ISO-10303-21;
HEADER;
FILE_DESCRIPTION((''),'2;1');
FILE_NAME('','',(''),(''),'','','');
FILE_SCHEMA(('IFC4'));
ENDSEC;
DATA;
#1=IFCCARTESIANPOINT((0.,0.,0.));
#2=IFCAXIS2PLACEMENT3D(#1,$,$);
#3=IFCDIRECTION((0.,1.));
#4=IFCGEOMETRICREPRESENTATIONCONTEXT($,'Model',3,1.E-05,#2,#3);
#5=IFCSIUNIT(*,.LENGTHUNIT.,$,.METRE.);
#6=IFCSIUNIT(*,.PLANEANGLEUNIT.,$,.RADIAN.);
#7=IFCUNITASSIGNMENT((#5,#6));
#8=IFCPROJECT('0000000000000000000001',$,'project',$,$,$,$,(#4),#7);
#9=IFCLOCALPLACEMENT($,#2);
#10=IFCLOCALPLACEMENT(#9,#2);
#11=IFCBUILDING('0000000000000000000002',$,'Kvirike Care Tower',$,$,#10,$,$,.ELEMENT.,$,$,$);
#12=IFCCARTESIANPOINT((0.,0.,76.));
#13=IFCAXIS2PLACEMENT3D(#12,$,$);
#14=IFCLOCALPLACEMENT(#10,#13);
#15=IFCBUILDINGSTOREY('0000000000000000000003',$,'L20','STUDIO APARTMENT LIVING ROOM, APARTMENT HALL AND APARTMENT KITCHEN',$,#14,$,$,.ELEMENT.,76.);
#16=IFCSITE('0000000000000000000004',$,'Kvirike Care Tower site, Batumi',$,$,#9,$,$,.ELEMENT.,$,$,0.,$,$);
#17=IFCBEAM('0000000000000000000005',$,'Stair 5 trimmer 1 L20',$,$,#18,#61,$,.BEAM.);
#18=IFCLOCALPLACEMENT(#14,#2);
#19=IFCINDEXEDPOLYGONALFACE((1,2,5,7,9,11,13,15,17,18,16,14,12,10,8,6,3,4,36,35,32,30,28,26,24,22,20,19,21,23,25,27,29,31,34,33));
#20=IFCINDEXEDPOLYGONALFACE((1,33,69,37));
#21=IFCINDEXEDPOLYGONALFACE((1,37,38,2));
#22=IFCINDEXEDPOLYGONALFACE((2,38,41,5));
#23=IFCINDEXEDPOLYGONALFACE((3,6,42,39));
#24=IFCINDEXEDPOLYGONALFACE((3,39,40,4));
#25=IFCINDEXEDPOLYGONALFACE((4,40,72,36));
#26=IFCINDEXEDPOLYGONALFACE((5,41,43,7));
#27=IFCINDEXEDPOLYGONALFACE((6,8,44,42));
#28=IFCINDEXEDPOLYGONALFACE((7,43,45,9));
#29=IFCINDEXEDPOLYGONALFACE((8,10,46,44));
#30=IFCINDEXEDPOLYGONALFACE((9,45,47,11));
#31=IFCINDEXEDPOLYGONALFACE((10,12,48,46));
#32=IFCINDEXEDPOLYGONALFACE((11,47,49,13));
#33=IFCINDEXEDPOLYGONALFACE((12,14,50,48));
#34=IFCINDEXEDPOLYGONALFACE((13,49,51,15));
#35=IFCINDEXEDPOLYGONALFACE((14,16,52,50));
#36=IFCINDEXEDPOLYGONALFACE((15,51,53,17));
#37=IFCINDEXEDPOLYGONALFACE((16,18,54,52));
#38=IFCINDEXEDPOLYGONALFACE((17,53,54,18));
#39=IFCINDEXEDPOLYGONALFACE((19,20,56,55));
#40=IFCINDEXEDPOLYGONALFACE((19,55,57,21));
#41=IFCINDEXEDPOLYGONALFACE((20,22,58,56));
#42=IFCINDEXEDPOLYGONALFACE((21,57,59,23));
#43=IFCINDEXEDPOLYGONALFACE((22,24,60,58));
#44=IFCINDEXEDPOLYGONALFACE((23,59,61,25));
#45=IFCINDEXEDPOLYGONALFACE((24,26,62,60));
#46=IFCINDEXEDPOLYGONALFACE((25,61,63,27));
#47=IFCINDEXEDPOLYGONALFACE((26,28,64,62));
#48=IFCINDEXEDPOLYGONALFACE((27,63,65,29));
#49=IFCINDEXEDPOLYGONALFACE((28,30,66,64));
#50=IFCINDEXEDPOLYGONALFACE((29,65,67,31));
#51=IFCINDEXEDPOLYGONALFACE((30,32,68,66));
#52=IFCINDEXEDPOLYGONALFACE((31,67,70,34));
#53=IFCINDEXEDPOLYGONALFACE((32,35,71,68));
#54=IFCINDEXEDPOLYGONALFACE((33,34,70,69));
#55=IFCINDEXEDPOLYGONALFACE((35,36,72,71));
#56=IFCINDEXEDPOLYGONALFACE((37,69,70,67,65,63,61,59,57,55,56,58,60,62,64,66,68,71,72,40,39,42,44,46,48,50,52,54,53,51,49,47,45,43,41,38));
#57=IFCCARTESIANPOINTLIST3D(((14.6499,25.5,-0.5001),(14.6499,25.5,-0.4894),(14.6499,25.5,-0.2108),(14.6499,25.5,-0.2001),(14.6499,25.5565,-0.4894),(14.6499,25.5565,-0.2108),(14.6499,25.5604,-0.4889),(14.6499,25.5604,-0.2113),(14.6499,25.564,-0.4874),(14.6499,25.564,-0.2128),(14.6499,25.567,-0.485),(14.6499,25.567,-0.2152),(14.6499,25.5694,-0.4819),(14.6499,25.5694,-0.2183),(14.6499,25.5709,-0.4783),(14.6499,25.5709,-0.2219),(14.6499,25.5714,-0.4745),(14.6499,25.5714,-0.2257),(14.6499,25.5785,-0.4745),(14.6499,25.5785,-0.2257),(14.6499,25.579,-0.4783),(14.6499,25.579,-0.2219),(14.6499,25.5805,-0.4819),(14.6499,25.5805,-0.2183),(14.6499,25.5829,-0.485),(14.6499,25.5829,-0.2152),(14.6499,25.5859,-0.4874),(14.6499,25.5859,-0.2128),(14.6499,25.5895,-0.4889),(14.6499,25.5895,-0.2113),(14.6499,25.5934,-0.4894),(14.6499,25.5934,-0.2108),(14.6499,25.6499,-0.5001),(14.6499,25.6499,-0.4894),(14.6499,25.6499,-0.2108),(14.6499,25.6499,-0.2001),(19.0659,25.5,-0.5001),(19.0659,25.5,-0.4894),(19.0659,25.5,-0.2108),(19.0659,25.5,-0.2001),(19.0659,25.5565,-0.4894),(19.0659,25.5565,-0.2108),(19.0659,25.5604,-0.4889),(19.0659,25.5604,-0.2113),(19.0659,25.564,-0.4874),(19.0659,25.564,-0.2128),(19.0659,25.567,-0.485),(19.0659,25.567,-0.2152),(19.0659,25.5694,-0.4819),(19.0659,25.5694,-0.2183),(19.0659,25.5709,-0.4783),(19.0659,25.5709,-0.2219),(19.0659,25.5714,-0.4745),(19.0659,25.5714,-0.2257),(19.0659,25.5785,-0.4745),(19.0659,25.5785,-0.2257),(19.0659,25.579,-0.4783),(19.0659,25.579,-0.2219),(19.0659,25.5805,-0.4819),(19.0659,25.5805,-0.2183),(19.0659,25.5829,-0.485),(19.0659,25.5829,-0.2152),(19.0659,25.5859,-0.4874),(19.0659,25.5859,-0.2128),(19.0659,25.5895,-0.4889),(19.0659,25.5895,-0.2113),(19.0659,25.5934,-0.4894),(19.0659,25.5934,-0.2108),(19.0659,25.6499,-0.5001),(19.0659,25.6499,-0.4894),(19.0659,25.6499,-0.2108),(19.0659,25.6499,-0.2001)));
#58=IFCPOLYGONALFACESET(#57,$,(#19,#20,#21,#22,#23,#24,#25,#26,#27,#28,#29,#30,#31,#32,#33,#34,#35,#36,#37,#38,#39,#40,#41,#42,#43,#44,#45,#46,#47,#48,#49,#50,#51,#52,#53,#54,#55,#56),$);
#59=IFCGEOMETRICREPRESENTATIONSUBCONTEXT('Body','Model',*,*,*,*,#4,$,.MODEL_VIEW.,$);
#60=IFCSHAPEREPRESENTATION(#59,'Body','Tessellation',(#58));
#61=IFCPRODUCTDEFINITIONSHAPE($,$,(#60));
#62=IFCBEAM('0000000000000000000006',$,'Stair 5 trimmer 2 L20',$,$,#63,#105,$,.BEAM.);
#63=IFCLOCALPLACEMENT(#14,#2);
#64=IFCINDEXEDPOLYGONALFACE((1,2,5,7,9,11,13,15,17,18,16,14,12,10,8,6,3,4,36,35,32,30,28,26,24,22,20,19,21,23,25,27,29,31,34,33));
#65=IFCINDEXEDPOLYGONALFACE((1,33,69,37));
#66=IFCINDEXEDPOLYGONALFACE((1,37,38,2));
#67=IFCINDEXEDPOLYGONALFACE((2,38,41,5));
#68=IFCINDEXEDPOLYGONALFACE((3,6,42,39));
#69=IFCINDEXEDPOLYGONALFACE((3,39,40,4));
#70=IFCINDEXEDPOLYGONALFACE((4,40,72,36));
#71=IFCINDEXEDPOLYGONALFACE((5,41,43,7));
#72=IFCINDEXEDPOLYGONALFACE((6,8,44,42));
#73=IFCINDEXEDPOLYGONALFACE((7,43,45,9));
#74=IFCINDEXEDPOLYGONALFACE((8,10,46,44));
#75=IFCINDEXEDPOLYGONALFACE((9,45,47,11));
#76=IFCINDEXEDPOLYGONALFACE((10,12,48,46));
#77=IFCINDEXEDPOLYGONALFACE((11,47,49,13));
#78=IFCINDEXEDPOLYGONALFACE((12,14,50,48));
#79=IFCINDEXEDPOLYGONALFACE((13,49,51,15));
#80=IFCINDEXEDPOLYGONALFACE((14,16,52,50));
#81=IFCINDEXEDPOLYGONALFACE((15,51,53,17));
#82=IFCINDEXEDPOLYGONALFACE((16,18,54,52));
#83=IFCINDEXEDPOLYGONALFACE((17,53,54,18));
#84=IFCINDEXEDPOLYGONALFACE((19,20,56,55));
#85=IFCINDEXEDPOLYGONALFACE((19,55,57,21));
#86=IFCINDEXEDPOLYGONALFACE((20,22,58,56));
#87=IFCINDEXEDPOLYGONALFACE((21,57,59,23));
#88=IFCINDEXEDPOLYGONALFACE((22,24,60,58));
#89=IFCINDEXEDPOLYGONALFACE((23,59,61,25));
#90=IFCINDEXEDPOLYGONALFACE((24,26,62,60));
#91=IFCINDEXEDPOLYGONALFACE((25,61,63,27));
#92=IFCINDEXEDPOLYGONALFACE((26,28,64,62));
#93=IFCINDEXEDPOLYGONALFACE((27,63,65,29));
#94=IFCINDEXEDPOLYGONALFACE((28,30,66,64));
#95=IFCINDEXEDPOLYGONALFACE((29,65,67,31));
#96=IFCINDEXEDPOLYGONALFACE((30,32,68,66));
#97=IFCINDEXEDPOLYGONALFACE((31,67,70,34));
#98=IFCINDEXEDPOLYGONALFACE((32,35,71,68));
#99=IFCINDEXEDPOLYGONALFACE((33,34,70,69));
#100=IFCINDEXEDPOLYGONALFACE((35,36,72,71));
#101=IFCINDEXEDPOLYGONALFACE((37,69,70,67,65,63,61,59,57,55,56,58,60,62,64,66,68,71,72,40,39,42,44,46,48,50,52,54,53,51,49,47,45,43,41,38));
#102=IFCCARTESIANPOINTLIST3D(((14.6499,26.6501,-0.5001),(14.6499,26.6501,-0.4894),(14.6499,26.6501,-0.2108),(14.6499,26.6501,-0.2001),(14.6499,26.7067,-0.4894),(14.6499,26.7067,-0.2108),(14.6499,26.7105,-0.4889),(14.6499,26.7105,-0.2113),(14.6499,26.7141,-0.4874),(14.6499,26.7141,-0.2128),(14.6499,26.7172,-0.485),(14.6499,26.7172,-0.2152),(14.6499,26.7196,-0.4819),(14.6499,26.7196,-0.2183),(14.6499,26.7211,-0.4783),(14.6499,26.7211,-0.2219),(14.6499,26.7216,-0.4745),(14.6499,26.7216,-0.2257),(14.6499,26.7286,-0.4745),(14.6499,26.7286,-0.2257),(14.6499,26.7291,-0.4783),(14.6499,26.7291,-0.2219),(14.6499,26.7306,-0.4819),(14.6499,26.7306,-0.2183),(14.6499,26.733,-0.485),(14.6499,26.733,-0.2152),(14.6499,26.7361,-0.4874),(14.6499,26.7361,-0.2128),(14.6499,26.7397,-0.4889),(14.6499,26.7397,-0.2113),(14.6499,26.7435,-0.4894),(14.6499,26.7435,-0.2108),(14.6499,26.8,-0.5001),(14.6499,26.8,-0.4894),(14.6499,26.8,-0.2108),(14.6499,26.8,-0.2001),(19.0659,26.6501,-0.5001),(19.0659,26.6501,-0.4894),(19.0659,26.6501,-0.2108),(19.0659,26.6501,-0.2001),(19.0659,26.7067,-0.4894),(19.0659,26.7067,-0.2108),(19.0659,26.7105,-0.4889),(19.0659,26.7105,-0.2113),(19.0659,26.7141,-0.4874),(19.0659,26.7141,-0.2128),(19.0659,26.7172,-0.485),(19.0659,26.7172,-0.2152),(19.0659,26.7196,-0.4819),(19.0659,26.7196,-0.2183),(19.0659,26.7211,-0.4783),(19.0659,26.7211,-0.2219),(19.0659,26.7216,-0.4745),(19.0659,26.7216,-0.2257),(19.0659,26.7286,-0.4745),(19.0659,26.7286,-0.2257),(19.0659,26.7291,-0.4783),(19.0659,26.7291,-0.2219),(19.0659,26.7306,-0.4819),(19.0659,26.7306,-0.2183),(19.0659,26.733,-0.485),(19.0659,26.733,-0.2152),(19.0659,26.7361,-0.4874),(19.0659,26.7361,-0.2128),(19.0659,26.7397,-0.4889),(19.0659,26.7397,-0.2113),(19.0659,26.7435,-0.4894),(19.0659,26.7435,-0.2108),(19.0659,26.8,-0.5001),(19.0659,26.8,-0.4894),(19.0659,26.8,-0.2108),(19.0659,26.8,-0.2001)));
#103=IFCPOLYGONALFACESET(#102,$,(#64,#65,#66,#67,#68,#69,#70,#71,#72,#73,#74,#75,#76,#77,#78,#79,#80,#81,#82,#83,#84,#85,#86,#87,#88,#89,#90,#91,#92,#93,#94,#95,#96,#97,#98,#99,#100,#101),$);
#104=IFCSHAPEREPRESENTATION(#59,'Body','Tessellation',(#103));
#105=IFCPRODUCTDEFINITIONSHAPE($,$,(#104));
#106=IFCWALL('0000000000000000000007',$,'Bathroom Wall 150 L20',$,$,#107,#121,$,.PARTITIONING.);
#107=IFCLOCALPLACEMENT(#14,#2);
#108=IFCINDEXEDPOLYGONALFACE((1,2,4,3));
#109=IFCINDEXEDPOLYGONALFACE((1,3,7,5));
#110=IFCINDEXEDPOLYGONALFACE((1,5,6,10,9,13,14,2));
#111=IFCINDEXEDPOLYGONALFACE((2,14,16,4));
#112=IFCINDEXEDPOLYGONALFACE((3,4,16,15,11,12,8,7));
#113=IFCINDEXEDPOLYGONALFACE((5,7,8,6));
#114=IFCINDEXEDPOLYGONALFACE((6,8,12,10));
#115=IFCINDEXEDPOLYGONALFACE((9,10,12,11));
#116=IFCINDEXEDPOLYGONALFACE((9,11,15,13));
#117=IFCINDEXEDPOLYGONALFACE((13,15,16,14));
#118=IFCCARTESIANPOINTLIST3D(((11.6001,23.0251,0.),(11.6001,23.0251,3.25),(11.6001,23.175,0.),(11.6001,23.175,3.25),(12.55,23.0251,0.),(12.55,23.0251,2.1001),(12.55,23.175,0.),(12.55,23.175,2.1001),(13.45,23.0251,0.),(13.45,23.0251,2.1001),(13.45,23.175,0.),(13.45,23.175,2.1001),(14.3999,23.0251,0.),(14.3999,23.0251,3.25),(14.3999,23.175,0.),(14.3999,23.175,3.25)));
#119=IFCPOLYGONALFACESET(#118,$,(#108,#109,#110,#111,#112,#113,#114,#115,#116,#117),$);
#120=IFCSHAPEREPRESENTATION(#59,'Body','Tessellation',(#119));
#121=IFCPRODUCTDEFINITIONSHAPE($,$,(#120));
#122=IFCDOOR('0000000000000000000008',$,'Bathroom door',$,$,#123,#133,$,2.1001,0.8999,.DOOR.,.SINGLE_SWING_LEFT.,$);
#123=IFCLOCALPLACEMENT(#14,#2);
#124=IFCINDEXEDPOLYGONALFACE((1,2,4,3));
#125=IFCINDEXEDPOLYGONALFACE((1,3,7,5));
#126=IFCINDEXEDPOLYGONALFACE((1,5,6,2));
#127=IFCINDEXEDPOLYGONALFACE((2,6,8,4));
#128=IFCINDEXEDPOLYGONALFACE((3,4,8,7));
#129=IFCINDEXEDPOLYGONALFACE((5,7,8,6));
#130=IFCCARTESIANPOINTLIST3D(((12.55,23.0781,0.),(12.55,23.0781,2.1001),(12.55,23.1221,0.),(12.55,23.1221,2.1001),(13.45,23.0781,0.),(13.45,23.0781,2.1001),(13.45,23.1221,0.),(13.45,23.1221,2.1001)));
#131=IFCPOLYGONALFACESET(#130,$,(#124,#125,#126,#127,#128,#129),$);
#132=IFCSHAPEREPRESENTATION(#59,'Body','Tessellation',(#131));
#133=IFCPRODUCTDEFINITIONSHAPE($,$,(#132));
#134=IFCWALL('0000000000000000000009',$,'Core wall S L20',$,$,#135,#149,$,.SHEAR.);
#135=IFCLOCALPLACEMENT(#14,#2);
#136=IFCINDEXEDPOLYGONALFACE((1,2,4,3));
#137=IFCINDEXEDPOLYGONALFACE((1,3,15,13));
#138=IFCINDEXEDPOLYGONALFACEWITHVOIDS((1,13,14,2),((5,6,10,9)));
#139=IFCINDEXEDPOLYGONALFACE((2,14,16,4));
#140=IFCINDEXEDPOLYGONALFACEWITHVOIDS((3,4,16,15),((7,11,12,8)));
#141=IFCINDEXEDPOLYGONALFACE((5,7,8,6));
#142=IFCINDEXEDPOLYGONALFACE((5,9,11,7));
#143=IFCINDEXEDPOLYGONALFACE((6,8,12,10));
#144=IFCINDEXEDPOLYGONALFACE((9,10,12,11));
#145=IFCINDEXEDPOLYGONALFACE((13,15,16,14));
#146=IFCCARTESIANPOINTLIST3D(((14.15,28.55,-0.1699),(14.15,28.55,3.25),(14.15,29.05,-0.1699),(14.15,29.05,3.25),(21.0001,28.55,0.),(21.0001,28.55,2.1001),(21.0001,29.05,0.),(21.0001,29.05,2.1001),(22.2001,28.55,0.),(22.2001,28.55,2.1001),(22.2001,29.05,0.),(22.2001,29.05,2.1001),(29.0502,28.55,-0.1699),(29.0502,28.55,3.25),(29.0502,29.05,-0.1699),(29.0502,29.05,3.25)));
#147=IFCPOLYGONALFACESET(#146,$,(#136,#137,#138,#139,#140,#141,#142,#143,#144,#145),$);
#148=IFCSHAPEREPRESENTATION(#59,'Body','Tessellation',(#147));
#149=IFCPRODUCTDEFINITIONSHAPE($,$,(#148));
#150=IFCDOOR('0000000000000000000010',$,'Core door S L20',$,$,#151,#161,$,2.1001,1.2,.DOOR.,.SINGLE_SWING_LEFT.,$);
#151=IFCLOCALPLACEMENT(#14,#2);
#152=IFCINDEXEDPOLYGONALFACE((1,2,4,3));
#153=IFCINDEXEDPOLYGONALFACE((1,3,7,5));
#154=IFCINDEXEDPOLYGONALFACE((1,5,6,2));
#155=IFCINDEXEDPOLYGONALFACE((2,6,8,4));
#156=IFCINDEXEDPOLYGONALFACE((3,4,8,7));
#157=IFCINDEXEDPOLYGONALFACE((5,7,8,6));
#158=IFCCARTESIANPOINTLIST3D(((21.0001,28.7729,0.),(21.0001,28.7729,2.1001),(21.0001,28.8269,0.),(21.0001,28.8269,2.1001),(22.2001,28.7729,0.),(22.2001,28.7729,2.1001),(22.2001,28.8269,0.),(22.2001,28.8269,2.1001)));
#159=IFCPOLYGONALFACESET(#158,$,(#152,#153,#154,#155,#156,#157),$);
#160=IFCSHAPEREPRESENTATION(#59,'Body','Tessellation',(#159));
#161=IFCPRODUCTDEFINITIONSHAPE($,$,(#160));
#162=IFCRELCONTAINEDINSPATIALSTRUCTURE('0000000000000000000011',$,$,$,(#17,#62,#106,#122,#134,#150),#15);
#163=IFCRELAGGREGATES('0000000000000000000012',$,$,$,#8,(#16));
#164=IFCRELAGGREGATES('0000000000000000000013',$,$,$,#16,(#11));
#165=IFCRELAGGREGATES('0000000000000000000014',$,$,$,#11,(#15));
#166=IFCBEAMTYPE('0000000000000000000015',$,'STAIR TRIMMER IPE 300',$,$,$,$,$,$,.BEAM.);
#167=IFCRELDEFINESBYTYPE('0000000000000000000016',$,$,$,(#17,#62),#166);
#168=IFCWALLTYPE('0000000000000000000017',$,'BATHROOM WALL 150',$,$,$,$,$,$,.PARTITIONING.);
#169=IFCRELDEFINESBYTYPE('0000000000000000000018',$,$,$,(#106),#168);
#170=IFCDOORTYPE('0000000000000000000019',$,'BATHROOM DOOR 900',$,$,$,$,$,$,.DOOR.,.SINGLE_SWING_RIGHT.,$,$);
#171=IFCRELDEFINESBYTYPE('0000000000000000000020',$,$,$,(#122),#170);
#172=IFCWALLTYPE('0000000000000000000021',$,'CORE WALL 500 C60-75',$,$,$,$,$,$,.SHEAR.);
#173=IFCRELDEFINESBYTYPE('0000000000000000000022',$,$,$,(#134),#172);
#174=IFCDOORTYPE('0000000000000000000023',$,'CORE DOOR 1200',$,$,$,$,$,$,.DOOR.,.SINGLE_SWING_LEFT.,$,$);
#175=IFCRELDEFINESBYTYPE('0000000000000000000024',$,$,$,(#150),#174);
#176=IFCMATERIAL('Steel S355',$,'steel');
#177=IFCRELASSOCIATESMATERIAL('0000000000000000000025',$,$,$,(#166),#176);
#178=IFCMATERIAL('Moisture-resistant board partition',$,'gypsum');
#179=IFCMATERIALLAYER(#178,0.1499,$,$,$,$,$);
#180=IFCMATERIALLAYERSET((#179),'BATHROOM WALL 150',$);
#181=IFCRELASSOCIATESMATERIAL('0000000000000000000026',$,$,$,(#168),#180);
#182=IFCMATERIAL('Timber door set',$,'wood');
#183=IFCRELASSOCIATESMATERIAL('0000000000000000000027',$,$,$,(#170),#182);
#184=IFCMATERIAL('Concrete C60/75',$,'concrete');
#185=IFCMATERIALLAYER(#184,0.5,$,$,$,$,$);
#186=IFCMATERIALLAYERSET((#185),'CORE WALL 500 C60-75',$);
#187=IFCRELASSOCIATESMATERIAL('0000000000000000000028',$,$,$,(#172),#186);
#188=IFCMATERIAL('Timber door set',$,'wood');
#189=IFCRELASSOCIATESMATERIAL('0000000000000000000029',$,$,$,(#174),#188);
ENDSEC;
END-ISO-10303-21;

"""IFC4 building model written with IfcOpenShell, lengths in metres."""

from ifc_helpers import new_model, si_unit, direction, frame, frame_2d, origin, origin_2d, place, context, subcontext, project, spatial, rectangle, i_section, extrude, material, layer, layer_set, material_profile, profile_set, type_object, element, fill, save


model = new_model("IFC4")

# Units and contexts
model_context = context("Model", 3, precision=1e-05, world=origin(), true_north=direction((0.0, 1.0)))
body_context = subcontext(model_context, "Body", "Model", "MODEL_VIEW")
ifc_project = project(units=[si_unit("LENGTHUNIT", "METRE"), si_unit("PLANEANGLEUNIT", "RADIAN")], contexts=[model_context])

# Site, building, storey
site_placement = place(None, origin())
site = spatial("IfcSite", under=ifc_project, at=site_placement, Name="Kvirike Care Tower site, Batumi", CompositionType="ELEMENT", RefElevation=0.0)
building_placement = place(site_placement, origin())
building = spatial("IfcBuilding", under=site, at=building_placement, Name="Kvirike Care Tower", CompositionType="ELEMENT")
storey_placement = place(building_placement, frame((0.0, 0.0, 76.0)))
storey = spatial("IfcBuildingStorey", under=building, at=storey_placement, Name="L20", Description="STUDIO APARTMENT LIVING ROOM, APARTMENT HALL AND APARTMENT KITCHEN", CompositionType="ELEMENT", Elevation=76.0)

# Beams
ifc_material_1 = material(Name="Steel S355", Category="steel")
ifc_material_profile_1 = material_profile(ifc_material_1, i_section(OverallWidth=0.1499, OverallDepth=0.3, WebThickness=0.0071, FlangeThickness=0.0107, FilletRadius=0.0149, at=origin_2d()), Name="IPE 300")
ifc_profile_set_1 = profile_set([ifc_material_profile_1], Name="Steel S355")
beam_type_1 = type_object("IfcBeamType", Name="STAIR TRIMMER IPE 300", PredefinedType="BEAM", material=ifc_profile_set_1)
for number, where, z_axis, x_axis, name in (
    (1, (14.6499, 25.575, -0.3501), (1.0, 0.0, 0.0), (0.0, 1.0, 0.0), "Stair 5 trimmer 1 L20"),
    (2, (14.6499, 26.7251, -0.3501), (1.0, 0.0, 0.0), (0.0, 1.0, 0.0), "Stair 5 trimmer 2 L20"),
):
    element("IfcBeam", number, at=place(storey_placement, frame(where, z_axis=z_axis, x_axis=x_axis)), inside=storey, type_object=beam_type_1, Name=name, PredefinedType="BEAM", context=body_context, shape_type="SweptSolid", body=[
        extrude(i_section(OverallWidth=0.1499, OverallDepth=0.3, WebThickness=0.0071, FlangeThickness=0.0107, FilletRadius=0.0149, at=origin_2d()), origin(), (0.0, 0.0, 1.0), 4.416),
    ])

# Walls, openings, doors
ifc_material_2 = material(Name="Moisture-resistant board partition", Category="gypsum")
ifc_layer_1 = layer(ifc_material_2, 0.1499)
ifc_layer_set_1 = layer_set([ifc_layer_1], Name="BATHROOM WALL 150")
wall_type_1 = type_object("IfcWallType", Name="BATHROOM WALL 150", PredefinedType="PARTITIONING", material=ifc_layer_set_1)
wall_1_placement = place(storey_placement, frame((11.6001, 23.1001, 0.0), z_axis=(0.0, 0.0, 1.0), x_axis=(1.0, 0.0, 0.0)))
wall_1 = element("IfcWall", 3, at=wall_1_placement, inside=storey, type_object=wall_type_1, Name="Bathroom Wall 150 L20", PredefinedType="PARTITIONING", context=body_context, shape_type="SweptSolid", body=[
    extrude(rectangle(XDim=2.7998, YDim=0.1499, at=frame_2d((1.3999, 0.0))), origin(), (0.0, 0.0, 1.0), 3.25),
])
opening_1_placement = place(wall_1_placement, frame((0.95, 0.0, 0.0)))
opening_1 = element("IfcOpeningElement", 4, at=opening_1_placement, cuts=wall_1, PredefinedType="OPENING", context=body_context, shape_type="SweptSolid", body=[
    extrude(rectangle(XDim=0.8999, YDim=2.1001, at=frame_2d((0.45, 1.05))), frame((0.0, 0.0854, 0.0), z_axis=(0.0, -1.0, 0.0), x_axis=(1.0, 0.0, 0.0)), (0.0, 0.0, 1.0), 0.1709),
])
ifc_material_3 = material(Name="Timber door set", Category="wood")
door_type_1 = type_object("IfcDoorType", Name="BATHROOM DOOR 900", OperationType="SINGLE_SWING_RIGHT", PredefinedType="DOOR", material=ifc_material_3)
door_1_placement = place(opening_1_placement, frame((0.8999, 0.0, 0.0), z_axis=(0.0, 0.0, 1.0), x_axis=(-1.0, 0.0, 0.0)))
door_1 = element("IfcDoor", 5, at=door_1_placement, inside=storey, type_object=door_type_1, Name="Bathroom door", OperationType="SINGLE_SWING_LEFT", OverallHeight=2.1001, OverallWidth=0.8999, PredefinedType="DOOR", context=body_context, shape_type="SweptSolid", body=[
    extrude(rectangle(XDim=0.8999, YDim=2.1001, at=frame_2d((0.45, 1.05))), frame((0.0, 0.022, 0.0), z_axis=(0.0, -1.0, 0.0), x_axis=(1.0, 0.0, 0.0)), (0.0, 0.0, 1.0), 0.0439),
])
fill(opening_1, door_1)
ifc_material_4 = material(Name="Concrete C60/75", Category="concrete")
ifc_layer_2 = layer(ifc_material_4, 0.5)
ifc_layer_set_2 = layer_set([ifc_layer_2], Name="CORE WALL 500 C60-75")
wall_type_2 = type_object("IfcWallType", Name="CORE WALL 500 C60-75", PredefinedType="SHEAR", material=ifc_layer_set_2)
wall_2_placement = place(storey_placement, frame((14.1499, 28.8, -0.1699), z_axis=(0.0, 0.0, 1.0), x_axis=(1.0, 0.0, 0.0)))
wall_2 = element("IfcWall", 6, at=wall_2_placement, inside=storey, type_object=wall_type_2, Name="Core wall S L20", PredefinedType="SHEAR", context=body_context, shape_type="SweptSolid", body=[
    extrude(rectangle(XDim=14.9001, YDim=0.5, at=frame_2d((7.4502, 0.0))), origin(), (0.0, 0.0, 1.0), 3.4199),
])
opening_2_placement = place(wall_2_placement, frame((6.8501, 0.0, 0.1699)))
opening_2 = element("IfcOpeningElement", 7, at=opening_2_placement, cuts=wall_2, PredefinedType="OPENING", context=body_context, shape_type="SweptSolid", body=[
    extrude(rectangle(XDim=1.2, YDim=2.1001, at=frame_2d((0.6001, 1.05))), frame((0.0, 0.2605, 0.0), z_axis=(0.0, -1.0, 0.0), x_axis=(1.0, 0.0, 0.0)), (0.0, 0.0, 1.0), 0.521),
])
ifc_material_5 = material(Name="Timber door set", Category="wood")
door_type_2 = type_object("IfcDoorType", Name="CORE DOOR 1200", OperationType="SINGLE_SWING_LEFT", PredefinedType="DOOR", material=ifc_material_5)
door_2_placement = place(opening_2_placement, origin())
door_2 = element("IfcDoor", 8, at=door_2_placement, inside=storey, type_object=door_type_2, Name="Core door S L20", OperationType="SINGLE_SWING_LEFT", OverallHeight=2.1001, OverallWidth=1.2, PredefinedType="DOOR", context=body_context, shape_type="SweptSolid", body=[
    extrude(rectangle(XDim=1.2, YDim=2.1001, at=frame_2d((0.6001, 1.05))), frame((0.0, 0.0269, 0.0), z_axis=(0.0, -1.0, 0.0), x_axis=(1.0, 0.0, 0.0)), (0.0, 0.0, 1.0), 0.054),
])
fill(opening_2, door_2)

save(model, "model.ifc")
